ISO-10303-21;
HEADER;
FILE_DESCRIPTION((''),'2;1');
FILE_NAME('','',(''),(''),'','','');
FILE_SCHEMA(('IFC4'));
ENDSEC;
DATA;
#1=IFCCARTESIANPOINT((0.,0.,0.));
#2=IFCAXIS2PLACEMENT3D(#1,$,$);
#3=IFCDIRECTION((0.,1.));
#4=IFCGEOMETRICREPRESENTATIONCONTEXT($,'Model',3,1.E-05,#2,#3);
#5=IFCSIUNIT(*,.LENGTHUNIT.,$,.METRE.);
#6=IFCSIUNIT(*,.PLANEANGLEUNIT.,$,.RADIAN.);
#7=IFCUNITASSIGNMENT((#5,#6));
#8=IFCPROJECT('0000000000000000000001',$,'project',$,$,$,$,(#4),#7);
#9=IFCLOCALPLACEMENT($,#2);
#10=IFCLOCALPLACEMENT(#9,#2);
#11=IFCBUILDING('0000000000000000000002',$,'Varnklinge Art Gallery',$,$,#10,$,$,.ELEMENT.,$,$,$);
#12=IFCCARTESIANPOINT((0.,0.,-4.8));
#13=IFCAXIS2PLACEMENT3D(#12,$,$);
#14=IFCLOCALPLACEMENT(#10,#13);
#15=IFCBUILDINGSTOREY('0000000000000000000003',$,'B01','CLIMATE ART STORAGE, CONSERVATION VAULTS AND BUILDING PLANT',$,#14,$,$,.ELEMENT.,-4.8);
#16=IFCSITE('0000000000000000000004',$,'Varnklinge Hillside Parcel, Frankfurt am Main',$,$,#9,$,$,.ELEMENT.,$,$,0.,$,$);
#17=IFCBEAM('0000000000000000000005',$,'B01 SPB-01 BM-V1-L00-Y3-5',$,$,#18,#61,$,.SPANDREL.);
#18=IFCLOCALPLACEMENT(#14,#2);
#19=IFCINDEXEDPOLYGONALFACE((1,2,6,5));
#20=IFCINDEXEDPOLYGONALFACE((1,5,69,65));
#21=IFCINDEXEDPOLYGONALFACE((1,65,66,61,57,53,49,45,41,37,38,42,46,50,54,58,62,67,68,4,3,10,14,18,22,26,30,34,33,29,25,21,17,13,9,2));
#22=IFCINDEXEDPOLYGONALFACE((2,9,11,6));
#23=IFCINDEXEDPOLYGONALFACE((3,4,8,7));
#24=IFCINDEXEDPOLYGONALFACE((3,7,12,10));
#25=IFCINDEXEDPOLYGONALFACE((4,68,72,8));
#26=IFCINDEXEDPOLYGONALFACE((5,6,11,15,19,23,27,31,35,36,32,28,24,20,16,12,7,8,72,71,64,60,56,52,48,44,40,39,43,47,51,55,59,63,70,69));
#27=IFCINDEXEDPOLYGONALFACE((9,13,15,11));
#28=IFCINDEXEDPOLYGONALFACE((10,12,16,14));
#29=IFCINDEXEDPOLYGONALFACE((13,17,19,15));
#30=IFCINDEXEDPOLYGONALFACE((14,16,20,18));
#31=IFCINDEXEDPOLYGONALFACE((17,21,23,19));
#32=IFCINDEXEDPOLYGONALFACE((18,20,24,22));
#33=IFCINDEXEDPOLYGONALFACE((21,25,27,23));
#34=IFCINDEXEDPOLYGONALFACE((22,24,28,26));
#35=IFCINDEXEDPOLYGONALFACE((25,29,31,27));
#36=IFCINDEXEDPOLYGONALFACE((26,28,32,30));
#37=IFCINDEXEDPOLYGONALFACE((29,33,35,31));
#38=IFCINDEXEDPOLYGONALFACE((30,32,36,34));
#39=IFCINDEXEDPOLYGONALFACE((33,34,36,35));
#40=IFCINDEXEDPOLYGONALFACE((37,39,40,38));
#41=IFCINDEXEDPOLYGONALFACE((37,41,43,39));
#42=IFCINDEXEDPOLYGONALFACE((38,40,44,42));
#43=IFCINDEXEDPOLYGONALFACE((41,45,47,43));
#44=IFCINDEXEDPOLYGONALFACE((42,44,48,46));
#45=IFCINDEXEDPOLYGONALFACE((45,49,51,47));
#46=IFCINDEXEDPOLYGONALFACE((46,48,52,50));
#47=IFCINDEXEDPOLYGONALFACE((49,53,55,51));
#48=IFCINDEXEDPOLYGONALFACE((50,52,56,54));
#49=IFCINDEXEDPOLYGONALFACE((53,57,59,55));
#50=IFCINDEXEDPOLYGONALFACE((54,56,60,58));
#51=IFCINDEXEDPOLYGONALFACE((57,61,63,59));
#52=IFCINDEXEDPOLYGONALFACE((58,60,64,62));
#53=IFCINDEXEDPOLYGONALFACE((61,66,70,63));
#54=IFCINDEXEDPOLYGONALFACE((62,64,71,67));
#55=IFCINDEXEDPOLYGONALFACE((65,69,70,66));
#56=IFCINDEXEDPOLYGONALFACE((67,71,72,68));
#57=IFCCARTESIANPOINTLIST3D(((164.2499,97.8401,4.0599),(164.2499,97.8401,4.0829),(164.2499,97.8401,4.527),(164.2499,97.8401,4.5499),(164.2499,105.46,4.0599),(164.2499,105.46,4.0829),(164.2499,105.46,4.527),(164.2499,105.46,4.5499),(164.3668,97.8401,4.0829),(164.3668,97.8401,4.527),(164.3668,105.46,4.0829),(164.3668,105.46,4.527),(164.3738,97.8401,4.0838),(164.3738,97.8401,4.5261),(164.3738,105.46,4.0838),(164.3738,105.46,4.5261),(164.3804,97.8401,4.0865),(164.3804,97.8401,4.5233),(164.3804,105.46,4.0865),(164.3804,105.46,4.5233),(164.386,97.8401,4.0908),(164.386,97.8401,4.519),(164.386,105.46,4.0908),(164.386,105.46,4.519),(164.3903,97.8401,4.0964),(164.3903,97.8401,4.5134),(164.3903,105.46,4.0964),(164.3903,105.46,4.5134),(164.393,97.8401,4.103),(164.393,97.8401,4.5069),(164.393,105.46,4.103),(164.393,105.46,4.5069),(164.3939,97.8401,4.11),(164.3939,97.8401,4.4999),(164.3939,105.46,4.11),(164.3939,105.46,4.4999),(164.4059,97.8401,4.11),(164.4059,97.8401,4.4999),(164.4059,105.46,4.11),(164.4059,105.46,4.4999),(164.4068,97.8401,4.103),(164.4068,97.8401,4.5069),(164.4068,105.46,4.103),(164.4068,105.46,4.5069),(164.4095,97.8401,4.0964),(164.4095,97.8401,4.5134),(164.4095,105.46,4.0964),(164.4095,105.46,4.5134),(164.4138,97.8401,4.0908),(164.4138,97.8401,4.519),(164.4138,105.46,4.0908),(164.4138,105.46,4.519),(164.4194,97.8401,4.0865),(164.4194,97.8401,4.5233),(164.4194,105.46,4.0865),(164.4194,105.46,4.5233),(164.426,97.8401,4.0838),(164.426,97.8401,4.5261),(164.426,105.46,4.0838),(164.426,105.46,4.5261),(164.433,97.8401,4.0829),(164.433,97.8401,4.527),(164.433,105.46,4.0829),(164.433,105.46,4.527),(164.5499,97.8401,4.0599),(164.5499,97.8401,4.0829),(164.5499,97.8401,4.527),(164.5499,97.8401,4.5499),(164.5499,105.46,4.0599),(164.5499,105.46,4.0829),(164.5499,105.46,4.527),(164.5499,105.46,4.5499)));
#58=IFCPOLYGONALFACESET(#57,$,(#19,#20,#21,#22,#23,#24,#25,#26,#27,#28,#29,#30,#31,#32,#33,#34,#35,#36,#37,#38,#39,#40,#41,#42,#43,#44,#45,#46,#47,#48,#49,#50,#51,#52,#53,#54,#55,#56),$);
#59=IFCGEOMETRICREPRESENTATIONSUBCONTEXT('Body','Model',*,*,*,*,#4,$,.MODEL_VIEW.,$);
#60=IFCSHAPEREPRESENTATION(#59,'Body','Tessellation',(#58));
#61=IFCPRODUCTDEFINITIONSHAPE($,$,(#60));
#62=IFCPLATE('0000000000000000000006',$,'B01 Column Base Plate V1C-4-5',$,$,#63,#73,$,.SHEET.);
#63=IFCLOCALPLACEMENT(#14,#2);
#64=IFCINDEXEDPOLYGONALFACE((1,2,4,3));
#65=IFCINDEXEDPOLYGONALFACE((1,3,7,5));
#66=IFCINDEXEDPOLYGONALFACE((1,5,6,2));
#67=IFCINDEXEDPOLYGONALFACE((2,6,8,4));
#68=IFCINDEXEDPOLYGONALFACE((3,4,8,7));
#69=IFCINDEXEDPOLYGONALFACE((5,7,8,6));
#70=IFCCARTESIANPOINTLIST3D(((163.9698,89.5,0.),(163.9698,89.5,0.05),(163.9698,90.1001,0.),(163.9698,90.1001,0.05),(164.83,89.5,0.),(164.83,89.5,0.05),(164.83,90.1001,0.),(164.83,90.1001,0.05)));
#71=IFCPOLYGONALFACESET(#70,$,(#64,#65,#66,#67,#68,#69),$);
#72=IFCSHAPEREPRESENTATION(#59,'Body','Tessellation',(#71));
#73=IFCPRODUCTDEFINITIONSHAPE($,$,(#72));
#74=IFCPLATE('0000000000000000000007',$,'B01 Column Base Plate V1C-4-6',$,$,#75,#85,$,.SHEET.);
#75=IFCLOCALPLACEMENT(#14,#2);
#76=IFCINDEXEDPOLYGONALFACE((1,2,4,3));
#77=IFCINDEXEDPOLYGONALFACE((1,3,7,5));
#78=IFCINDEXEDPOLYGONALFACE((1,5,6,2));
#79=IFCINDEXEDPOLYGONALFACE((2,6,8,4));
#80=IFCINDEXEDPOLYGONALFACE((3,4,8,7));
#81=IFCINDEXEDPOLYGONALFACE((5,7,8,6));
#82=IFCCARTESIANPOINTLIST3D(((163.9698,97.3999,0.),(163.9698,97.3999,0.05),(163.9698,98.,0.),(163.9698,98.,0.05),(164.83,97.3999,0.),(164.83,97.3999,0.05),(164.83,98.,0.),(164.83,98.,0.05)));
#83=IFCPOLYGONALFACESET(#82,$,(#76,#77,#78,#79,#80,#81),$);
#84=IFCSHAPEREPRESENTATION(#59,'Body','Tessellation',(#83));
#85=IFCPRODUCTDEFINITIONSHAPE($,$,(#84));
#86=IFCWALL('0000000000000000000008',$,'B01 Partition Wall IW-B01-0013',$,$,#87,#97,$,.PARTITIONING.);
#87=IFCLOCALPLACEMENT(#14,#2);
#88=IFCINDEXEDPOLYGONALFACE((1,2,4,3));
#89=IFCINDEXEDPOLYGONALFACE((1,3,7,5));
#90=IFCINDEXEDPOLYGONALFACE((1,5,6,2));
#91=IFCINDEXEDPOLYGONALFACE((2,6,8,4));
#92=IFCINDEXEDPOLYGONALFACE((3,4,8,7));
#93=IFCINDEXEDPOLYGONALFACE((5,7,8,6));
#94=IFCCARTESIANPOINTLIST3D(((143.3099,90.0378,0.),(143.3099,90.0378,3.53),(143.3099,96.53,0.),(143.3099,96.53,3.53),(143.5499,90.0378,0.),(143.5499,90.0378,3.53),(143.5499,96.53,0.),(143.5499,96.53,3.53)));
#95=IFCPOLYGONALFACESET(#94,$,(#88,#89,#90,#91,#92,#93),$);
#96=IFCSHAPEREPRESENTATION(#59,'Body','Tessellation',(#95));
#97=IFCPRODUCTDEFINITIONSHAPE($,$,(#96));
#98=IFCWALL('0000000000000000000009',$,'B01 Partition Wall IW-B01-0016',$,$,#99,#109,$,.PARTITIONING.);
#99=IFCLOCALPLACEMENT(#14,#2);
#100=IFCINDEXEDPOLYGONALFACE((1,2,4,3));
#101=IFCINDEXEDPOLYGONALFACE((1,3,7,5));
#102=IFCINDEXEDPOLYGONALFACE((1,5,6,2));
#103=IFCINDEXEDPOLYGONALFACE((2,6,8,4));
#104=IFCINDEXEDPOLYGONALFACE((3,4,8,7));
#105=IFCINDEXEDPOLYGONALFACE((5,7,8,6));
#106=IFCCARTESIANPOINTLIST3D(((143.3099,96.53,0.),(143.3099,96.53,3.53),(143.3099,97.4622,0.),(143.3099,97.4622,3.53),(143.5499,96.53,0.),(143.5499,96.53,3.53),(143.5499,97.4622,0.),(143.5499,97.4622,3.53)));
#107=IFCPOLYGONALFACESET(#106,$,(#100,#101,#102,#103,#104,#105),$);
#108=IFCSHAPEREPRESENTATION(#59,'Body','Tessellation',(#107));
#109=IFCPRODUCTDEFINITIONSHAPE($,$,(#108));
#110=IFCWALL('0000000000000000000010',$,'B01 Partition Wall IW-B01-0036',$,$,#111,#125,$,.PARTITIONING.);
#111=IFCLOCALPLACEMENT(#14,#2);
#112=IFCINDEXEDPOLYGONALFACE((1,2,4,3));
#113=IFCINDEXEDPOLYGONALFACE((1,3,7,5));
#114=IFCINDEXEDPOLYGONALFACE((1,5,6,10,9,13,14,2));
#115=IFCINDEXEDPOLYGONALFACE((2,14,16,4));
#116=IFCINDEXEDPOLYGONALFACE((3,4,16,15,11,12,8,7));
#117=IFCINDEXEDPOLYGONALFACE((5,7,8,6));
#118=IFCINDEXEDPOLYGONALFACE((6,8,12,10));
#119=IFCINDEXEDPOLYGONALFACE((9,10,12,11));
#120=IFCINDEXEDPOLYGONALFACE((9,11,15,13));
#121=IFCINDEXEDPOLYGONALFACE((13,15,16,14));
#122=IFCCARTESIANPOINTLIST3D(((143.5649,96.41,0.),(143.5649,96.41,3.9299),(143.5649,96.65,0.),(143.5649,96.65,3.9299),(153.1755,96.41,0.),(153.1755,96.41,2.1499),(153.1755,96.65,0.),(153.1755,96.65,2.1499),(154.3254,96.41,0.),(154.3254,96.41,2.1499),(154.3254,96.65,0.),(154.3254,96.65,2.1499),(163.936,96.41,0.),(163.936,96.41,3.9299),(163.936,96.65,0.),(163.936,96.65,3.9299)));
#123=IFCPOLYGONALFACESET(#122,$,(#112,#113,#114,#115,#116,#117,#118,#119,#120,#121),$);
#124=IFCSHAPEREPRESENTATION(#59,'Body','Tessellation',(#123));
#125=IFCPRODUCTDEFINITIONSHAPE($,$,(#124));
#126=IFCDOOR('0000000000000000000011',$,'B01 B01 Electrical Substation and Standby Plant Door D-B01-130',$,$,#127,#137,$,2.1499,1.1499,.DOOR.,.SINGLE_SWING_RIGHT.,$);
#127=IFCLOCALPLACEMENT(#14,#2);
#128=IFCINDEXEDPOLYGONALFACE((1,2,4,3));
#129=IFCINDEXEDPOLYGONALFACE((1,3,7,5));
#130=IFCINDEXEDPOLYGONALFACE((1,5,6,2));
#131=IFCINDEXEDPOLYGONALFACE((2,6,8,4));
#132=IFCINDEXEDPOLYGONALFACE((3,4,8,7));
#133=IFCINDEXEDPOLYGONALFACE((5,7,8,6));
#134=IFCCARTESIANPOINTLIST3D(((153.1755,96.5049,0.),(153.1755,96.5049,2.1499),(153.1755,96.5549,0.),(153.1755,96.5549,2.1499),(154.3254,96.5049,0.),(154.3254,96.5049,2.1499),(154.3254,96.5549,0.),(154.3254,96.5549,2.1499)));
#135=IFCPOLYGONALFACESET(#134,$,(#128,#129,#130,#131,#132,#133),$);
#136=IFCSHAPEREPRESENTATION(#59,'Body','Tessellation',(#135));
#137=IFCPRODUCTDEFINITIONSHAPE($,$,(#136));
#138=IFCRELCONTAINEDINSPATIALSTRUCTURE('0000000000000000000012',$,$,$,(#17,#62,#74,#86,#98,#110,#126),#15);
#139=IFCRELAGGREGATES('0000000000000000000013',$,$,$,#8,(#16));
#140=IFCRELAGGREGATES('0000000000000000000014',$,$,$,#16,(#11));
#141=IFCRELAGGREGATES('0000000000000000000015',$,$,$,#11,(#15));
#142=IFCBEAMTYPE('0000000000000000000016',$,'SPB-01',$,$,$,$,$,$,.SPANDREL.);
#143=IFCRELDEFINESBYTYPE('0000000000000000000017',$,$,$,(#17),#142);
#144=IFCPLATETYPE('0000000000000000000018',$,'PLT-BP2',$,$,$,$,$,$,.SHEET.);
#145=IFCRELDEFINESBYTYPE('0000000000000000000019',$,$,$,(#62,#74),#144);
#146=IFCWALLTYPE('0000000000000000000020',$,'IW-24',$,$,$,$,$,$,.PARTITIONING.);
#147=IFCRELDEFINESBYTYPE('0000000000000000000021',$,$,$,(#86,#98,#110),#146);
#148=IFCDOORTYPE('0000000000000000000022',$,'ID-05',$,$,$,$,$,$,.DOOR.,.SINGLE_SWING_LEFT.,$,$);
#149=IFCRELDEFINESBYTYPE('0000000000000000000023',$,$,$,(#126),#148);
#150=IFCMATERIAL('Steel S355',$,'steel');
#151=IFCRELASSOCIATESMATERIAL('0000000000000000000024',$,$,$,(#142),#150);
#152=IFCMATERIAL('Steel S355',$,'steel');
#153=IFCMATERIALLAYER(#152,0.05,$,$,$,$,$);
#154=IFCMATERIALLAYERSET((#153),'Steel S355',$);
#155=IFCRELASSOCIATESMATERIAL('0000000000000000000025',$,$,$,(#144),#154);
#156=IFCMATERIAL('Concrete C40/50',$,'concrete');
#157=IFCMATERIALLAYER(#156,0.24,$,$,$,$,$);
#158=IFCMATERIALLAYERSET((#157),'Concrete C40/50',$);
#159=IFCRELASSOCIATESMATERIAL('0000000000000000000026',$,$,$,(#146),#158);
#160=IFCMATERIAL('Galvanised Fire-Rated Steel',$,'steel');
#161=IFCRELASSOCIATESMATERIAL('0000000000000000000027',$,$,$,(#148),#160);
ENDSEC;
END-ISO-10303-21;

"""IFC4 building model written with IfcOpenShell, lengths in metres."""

from ifc_helpers import new_model, si_unit, direction, frame, frame_2d, origin, origin_2d, place, context, subcontext, project, spatial, rectangle, i_section, extrude, material, layer, layer_set, material_profile, profile_set, type_object, element, fill, save


model = new_model("IFC4")

# Units and contexts
model_context = context("Model", 3, precision=1e-05, world=origin(), true_north=direction((0.0, 1.0)))
body_context = subcontext(model_context, "Body", "Model", "MODEL_VIEW")
ifc_project = project(units=[si_unit("LENGTHUNIT", "METRE"), si_unit("PLANEANGLEUNIT", "RADIAN")], contexts=[model_context])

# Site, building, storey
site_placement = place(None, origin())
site = spatial("IfcSite", under=ifc_project, at=site_placement, Name="Varnklinge Hillside Parcel, Frankfurt am Main", CompositionType="ELEMENT", RefElevation=0.0)
building_placement = place(site_placement, origin())
building = spatial("IfcBuilding", under=site, at=building_placement, Name="Varnklinge Art Gallery", CompositionType="ELEMENT")
storey_placement = place(building_placement, frame((0.0, 0.0, -4.8)))
storey = spatial("IfcBuildingStorey", under=building, at=storey_placement, Name="B01", Description="CLIMATE ART STORAGE, CONSERVATION VAULTS AND BUILDING PLANT", CompositionType="ELEMENT", Elevation=-4.8)

# Beam
ifc_material_1 = material(Name="Steel S355", Category="steel")
ifc_material_profile_1 = material_profile(ifc_material_1, i_section(OverallWidth=0.3, OverallDepth=0.49, WebThickness=0.012, FlangeThickness=0.0229, FilletRadius=0.0271, at=origin_2d()), Name="HEA 500")
ifc_profile_set_1 = profile_set([ifc_material_profile_1], Name="Steel S355")
beam_type_1 = type_object("IfcBeamType", Name="SPB-01", PredefinedType="SPANDREL", material=ifc_profile_set_1)
beam_1_placement = place(storey_placement, frame((164.3999, 97.8401, 4.3049), z_axis=(0.0, 1.0, 0.0), x_axis=(-1.0, 0.0, 0.0)))
element("IfcBeam", 1, at=beam_1_placement, inside=storey, type_object=beam_type_1, Name="B01 SPB-01 BM-V1-L00-Y3-5", PredefinedType="SPANDREL", context=body_context, shape_type="SweptSolid", body=[
    extrude(i_section(OverallWidth=0.3, OverallDepth=0.49, WebThickness=0.012, FlangeThickness=0.0229, FilletRadius=0.0271, at=origin_2d()), origin(), (0.0, 0.0, 1.0), 7.6199),
])

# Plates
ifc_material_2 = material(Name="Steel S355", Category="steel")
ifc_layer_1 = layer(ifc_material_2, 0.05)
ifc_layer_set_1 = layer_set([ifc_layer_1], Name="Steel S355")
plate_type = type_object("IfcPlateType", Name="PLT-BP2", PredefinedType="SHEET", material=ifc_layer_set_1)
for number, where, z_axis, x_axis, name in (
    (2, (164.3999, 89.8, 0.0), (0.0, 0.0, 1.0), (1.0, 0.0, 0.0), "B01 Column Base Plate V1C-4-5"),
    (3, (164.3999, 97.7, 0.0), (0.0, 0.0, 1.0), (1.0, 0.0, 0.0), "B01 Column Base Plate V1C-4-6"),
):
    element("IfcPlate", number, at=place(storey_placement, frame(where, z_axis=z_axis, x_axis=x_axis)), inside=storey, type_object=plate_type, Name=name, PredefinedType="SHEET", context=body_context, shape_type="SweptSolid", body=[
        extrude(rectangle(XDim=0.8601, YDim=0.6001, at=origin_2d()), origin(), (0.0, 0.0, 1.0), 0.05),
    ])

# Wall
ifc_material_3 = material(Name="Concrete C40/50", Category="concrete")
ifc_layer_2 = layer(ifc_material_3, 0.24)
ifc_layer_set_2 = layer_set([ifc_layer_2], Name="Concrete C40/50")
wall_type = type_object("IfcWallType", Name="IW-24", PredefinedType="PARTITIONING", material=ifc_layer_set_2)
wall_1_placement = place(storey_placement, frame((143.4299, 96.53, 0.0), z_axis=(0.0, 0.0, 1.0), x_axis=(0.0, -1.0, 0.0)))
element("IfcWall", 4, at=wall_1_placement, inside=storey, type_object=wall_type, Name="B01 Partition Wall IW-B01-0013", PredefinedType="PARTITIONING", context=body_context, shape_type="SweptSolid", body=[
    extrude(rectangle(XDim=6.4922, YDim=0.24, at=frame_2d((3.2461, 0.0))), origin(), (0.0, 0.0, 1.0), 3.53),
])

# Shared definitions
ifc_material_4 = material(Name="Galvanised Fire-Rated Steel", Category="steel")
door_type = type_object("IfcDoorType", Name="ID-05", OperationType="SINGLE_SWING_LEFT", PredefinedType="DOOR", material=ifc_material_4)

# Wall
wall_2_placement = place(storey_placement, frame((143.4299, 97.4622, 0.0), z_axis=(0.0, 0.0, 1.0), x_axis=(0.0, -1.0, 0.0)))
element("IfcWall", 5, at=wall_2_placement, inside=storey, type_object=wall_type, Name="B01 Partition Wall IW-B01-0016", PredefinedType="PARTITIONING", context=body_context, shape_type="SweptSolid", body=[
    extrude(rectangle(XDim=0.9321, YDim=0.24, at=frame_2d((0.4661, 0.0))), origin(), (0.0, 0.0, 1.0), 3.53),
])

# Wall, opening, door
wall_3_placement = place(storey_placement, frame((143.5649, 96.53, 0.0), z_axis=(0.0, 0.0, 1.0), x_axis=(1.0, 0.0, 0.0)))
wall_3 = element("IfcWall", 6, at=wall_3_placement, inside=storey, type_object=wall_type, Name="B01 Partition Wall IW-B01-0036", PredefinedType="PARTITIONING", context=body_context, shape_type="SweptSolid", body=[
    extrude(rectangle(XDim=20.3711, YDim=0.24, at=frame_2d((10.1855, 0.0))), origin(), (0.0, 0.0, 1.0), 3.9299),
])
opening_1_placement = place(wall_3_placement, frame((9.6106, 0.0, 0.0)))
opening_1 = element("IfcOpeningElement", 7, at=opening_1_placement, cuts=wall_3, PredefinedType="OPENING", context=body_context, shape_type="SweptSolid", body=[
    extrude(rectangle(XDim=1.1499, YDim=2.1499, at=frame_2d((0.575, 1.075))), frame((0.0, 0.1301, 0.0), z_axis=(0.0, -1.0, 0.0), x_axis=(1.0, 0.0, 0.0)), (0.0, 0.0, 1.0), 0.26),
])
door_1_placement = place(opening_1_placement, origin())
door_1 = element("IfcDoor", 8, at=door_1_placement, inside=storey, type_object=door_type, Name="B01 B01 Electrical Substation and Standby Plant Door D-B01-130", OperationType="SINGLE_SWING_RIGHT", OverallHeight=2.1499, OverallWidth=1.1499, PredefinedType="DOOR", context=body_context, shape_type="SweptSolid", body=[
    extrude(rectangle(XDim=1.1499, YDim=2.1499, at=frame_2d((0.575, 1.075))), frame((0.0, 0.0249, 0.0), z_axis=(0.0, -1.0, 0.0), x_axis=(1.0, 0.0, 0.0)), (0.0, 0.0, 1.0), 0.05),
])
fill(opening_1, door_1)

save(model, "model.ifc")
